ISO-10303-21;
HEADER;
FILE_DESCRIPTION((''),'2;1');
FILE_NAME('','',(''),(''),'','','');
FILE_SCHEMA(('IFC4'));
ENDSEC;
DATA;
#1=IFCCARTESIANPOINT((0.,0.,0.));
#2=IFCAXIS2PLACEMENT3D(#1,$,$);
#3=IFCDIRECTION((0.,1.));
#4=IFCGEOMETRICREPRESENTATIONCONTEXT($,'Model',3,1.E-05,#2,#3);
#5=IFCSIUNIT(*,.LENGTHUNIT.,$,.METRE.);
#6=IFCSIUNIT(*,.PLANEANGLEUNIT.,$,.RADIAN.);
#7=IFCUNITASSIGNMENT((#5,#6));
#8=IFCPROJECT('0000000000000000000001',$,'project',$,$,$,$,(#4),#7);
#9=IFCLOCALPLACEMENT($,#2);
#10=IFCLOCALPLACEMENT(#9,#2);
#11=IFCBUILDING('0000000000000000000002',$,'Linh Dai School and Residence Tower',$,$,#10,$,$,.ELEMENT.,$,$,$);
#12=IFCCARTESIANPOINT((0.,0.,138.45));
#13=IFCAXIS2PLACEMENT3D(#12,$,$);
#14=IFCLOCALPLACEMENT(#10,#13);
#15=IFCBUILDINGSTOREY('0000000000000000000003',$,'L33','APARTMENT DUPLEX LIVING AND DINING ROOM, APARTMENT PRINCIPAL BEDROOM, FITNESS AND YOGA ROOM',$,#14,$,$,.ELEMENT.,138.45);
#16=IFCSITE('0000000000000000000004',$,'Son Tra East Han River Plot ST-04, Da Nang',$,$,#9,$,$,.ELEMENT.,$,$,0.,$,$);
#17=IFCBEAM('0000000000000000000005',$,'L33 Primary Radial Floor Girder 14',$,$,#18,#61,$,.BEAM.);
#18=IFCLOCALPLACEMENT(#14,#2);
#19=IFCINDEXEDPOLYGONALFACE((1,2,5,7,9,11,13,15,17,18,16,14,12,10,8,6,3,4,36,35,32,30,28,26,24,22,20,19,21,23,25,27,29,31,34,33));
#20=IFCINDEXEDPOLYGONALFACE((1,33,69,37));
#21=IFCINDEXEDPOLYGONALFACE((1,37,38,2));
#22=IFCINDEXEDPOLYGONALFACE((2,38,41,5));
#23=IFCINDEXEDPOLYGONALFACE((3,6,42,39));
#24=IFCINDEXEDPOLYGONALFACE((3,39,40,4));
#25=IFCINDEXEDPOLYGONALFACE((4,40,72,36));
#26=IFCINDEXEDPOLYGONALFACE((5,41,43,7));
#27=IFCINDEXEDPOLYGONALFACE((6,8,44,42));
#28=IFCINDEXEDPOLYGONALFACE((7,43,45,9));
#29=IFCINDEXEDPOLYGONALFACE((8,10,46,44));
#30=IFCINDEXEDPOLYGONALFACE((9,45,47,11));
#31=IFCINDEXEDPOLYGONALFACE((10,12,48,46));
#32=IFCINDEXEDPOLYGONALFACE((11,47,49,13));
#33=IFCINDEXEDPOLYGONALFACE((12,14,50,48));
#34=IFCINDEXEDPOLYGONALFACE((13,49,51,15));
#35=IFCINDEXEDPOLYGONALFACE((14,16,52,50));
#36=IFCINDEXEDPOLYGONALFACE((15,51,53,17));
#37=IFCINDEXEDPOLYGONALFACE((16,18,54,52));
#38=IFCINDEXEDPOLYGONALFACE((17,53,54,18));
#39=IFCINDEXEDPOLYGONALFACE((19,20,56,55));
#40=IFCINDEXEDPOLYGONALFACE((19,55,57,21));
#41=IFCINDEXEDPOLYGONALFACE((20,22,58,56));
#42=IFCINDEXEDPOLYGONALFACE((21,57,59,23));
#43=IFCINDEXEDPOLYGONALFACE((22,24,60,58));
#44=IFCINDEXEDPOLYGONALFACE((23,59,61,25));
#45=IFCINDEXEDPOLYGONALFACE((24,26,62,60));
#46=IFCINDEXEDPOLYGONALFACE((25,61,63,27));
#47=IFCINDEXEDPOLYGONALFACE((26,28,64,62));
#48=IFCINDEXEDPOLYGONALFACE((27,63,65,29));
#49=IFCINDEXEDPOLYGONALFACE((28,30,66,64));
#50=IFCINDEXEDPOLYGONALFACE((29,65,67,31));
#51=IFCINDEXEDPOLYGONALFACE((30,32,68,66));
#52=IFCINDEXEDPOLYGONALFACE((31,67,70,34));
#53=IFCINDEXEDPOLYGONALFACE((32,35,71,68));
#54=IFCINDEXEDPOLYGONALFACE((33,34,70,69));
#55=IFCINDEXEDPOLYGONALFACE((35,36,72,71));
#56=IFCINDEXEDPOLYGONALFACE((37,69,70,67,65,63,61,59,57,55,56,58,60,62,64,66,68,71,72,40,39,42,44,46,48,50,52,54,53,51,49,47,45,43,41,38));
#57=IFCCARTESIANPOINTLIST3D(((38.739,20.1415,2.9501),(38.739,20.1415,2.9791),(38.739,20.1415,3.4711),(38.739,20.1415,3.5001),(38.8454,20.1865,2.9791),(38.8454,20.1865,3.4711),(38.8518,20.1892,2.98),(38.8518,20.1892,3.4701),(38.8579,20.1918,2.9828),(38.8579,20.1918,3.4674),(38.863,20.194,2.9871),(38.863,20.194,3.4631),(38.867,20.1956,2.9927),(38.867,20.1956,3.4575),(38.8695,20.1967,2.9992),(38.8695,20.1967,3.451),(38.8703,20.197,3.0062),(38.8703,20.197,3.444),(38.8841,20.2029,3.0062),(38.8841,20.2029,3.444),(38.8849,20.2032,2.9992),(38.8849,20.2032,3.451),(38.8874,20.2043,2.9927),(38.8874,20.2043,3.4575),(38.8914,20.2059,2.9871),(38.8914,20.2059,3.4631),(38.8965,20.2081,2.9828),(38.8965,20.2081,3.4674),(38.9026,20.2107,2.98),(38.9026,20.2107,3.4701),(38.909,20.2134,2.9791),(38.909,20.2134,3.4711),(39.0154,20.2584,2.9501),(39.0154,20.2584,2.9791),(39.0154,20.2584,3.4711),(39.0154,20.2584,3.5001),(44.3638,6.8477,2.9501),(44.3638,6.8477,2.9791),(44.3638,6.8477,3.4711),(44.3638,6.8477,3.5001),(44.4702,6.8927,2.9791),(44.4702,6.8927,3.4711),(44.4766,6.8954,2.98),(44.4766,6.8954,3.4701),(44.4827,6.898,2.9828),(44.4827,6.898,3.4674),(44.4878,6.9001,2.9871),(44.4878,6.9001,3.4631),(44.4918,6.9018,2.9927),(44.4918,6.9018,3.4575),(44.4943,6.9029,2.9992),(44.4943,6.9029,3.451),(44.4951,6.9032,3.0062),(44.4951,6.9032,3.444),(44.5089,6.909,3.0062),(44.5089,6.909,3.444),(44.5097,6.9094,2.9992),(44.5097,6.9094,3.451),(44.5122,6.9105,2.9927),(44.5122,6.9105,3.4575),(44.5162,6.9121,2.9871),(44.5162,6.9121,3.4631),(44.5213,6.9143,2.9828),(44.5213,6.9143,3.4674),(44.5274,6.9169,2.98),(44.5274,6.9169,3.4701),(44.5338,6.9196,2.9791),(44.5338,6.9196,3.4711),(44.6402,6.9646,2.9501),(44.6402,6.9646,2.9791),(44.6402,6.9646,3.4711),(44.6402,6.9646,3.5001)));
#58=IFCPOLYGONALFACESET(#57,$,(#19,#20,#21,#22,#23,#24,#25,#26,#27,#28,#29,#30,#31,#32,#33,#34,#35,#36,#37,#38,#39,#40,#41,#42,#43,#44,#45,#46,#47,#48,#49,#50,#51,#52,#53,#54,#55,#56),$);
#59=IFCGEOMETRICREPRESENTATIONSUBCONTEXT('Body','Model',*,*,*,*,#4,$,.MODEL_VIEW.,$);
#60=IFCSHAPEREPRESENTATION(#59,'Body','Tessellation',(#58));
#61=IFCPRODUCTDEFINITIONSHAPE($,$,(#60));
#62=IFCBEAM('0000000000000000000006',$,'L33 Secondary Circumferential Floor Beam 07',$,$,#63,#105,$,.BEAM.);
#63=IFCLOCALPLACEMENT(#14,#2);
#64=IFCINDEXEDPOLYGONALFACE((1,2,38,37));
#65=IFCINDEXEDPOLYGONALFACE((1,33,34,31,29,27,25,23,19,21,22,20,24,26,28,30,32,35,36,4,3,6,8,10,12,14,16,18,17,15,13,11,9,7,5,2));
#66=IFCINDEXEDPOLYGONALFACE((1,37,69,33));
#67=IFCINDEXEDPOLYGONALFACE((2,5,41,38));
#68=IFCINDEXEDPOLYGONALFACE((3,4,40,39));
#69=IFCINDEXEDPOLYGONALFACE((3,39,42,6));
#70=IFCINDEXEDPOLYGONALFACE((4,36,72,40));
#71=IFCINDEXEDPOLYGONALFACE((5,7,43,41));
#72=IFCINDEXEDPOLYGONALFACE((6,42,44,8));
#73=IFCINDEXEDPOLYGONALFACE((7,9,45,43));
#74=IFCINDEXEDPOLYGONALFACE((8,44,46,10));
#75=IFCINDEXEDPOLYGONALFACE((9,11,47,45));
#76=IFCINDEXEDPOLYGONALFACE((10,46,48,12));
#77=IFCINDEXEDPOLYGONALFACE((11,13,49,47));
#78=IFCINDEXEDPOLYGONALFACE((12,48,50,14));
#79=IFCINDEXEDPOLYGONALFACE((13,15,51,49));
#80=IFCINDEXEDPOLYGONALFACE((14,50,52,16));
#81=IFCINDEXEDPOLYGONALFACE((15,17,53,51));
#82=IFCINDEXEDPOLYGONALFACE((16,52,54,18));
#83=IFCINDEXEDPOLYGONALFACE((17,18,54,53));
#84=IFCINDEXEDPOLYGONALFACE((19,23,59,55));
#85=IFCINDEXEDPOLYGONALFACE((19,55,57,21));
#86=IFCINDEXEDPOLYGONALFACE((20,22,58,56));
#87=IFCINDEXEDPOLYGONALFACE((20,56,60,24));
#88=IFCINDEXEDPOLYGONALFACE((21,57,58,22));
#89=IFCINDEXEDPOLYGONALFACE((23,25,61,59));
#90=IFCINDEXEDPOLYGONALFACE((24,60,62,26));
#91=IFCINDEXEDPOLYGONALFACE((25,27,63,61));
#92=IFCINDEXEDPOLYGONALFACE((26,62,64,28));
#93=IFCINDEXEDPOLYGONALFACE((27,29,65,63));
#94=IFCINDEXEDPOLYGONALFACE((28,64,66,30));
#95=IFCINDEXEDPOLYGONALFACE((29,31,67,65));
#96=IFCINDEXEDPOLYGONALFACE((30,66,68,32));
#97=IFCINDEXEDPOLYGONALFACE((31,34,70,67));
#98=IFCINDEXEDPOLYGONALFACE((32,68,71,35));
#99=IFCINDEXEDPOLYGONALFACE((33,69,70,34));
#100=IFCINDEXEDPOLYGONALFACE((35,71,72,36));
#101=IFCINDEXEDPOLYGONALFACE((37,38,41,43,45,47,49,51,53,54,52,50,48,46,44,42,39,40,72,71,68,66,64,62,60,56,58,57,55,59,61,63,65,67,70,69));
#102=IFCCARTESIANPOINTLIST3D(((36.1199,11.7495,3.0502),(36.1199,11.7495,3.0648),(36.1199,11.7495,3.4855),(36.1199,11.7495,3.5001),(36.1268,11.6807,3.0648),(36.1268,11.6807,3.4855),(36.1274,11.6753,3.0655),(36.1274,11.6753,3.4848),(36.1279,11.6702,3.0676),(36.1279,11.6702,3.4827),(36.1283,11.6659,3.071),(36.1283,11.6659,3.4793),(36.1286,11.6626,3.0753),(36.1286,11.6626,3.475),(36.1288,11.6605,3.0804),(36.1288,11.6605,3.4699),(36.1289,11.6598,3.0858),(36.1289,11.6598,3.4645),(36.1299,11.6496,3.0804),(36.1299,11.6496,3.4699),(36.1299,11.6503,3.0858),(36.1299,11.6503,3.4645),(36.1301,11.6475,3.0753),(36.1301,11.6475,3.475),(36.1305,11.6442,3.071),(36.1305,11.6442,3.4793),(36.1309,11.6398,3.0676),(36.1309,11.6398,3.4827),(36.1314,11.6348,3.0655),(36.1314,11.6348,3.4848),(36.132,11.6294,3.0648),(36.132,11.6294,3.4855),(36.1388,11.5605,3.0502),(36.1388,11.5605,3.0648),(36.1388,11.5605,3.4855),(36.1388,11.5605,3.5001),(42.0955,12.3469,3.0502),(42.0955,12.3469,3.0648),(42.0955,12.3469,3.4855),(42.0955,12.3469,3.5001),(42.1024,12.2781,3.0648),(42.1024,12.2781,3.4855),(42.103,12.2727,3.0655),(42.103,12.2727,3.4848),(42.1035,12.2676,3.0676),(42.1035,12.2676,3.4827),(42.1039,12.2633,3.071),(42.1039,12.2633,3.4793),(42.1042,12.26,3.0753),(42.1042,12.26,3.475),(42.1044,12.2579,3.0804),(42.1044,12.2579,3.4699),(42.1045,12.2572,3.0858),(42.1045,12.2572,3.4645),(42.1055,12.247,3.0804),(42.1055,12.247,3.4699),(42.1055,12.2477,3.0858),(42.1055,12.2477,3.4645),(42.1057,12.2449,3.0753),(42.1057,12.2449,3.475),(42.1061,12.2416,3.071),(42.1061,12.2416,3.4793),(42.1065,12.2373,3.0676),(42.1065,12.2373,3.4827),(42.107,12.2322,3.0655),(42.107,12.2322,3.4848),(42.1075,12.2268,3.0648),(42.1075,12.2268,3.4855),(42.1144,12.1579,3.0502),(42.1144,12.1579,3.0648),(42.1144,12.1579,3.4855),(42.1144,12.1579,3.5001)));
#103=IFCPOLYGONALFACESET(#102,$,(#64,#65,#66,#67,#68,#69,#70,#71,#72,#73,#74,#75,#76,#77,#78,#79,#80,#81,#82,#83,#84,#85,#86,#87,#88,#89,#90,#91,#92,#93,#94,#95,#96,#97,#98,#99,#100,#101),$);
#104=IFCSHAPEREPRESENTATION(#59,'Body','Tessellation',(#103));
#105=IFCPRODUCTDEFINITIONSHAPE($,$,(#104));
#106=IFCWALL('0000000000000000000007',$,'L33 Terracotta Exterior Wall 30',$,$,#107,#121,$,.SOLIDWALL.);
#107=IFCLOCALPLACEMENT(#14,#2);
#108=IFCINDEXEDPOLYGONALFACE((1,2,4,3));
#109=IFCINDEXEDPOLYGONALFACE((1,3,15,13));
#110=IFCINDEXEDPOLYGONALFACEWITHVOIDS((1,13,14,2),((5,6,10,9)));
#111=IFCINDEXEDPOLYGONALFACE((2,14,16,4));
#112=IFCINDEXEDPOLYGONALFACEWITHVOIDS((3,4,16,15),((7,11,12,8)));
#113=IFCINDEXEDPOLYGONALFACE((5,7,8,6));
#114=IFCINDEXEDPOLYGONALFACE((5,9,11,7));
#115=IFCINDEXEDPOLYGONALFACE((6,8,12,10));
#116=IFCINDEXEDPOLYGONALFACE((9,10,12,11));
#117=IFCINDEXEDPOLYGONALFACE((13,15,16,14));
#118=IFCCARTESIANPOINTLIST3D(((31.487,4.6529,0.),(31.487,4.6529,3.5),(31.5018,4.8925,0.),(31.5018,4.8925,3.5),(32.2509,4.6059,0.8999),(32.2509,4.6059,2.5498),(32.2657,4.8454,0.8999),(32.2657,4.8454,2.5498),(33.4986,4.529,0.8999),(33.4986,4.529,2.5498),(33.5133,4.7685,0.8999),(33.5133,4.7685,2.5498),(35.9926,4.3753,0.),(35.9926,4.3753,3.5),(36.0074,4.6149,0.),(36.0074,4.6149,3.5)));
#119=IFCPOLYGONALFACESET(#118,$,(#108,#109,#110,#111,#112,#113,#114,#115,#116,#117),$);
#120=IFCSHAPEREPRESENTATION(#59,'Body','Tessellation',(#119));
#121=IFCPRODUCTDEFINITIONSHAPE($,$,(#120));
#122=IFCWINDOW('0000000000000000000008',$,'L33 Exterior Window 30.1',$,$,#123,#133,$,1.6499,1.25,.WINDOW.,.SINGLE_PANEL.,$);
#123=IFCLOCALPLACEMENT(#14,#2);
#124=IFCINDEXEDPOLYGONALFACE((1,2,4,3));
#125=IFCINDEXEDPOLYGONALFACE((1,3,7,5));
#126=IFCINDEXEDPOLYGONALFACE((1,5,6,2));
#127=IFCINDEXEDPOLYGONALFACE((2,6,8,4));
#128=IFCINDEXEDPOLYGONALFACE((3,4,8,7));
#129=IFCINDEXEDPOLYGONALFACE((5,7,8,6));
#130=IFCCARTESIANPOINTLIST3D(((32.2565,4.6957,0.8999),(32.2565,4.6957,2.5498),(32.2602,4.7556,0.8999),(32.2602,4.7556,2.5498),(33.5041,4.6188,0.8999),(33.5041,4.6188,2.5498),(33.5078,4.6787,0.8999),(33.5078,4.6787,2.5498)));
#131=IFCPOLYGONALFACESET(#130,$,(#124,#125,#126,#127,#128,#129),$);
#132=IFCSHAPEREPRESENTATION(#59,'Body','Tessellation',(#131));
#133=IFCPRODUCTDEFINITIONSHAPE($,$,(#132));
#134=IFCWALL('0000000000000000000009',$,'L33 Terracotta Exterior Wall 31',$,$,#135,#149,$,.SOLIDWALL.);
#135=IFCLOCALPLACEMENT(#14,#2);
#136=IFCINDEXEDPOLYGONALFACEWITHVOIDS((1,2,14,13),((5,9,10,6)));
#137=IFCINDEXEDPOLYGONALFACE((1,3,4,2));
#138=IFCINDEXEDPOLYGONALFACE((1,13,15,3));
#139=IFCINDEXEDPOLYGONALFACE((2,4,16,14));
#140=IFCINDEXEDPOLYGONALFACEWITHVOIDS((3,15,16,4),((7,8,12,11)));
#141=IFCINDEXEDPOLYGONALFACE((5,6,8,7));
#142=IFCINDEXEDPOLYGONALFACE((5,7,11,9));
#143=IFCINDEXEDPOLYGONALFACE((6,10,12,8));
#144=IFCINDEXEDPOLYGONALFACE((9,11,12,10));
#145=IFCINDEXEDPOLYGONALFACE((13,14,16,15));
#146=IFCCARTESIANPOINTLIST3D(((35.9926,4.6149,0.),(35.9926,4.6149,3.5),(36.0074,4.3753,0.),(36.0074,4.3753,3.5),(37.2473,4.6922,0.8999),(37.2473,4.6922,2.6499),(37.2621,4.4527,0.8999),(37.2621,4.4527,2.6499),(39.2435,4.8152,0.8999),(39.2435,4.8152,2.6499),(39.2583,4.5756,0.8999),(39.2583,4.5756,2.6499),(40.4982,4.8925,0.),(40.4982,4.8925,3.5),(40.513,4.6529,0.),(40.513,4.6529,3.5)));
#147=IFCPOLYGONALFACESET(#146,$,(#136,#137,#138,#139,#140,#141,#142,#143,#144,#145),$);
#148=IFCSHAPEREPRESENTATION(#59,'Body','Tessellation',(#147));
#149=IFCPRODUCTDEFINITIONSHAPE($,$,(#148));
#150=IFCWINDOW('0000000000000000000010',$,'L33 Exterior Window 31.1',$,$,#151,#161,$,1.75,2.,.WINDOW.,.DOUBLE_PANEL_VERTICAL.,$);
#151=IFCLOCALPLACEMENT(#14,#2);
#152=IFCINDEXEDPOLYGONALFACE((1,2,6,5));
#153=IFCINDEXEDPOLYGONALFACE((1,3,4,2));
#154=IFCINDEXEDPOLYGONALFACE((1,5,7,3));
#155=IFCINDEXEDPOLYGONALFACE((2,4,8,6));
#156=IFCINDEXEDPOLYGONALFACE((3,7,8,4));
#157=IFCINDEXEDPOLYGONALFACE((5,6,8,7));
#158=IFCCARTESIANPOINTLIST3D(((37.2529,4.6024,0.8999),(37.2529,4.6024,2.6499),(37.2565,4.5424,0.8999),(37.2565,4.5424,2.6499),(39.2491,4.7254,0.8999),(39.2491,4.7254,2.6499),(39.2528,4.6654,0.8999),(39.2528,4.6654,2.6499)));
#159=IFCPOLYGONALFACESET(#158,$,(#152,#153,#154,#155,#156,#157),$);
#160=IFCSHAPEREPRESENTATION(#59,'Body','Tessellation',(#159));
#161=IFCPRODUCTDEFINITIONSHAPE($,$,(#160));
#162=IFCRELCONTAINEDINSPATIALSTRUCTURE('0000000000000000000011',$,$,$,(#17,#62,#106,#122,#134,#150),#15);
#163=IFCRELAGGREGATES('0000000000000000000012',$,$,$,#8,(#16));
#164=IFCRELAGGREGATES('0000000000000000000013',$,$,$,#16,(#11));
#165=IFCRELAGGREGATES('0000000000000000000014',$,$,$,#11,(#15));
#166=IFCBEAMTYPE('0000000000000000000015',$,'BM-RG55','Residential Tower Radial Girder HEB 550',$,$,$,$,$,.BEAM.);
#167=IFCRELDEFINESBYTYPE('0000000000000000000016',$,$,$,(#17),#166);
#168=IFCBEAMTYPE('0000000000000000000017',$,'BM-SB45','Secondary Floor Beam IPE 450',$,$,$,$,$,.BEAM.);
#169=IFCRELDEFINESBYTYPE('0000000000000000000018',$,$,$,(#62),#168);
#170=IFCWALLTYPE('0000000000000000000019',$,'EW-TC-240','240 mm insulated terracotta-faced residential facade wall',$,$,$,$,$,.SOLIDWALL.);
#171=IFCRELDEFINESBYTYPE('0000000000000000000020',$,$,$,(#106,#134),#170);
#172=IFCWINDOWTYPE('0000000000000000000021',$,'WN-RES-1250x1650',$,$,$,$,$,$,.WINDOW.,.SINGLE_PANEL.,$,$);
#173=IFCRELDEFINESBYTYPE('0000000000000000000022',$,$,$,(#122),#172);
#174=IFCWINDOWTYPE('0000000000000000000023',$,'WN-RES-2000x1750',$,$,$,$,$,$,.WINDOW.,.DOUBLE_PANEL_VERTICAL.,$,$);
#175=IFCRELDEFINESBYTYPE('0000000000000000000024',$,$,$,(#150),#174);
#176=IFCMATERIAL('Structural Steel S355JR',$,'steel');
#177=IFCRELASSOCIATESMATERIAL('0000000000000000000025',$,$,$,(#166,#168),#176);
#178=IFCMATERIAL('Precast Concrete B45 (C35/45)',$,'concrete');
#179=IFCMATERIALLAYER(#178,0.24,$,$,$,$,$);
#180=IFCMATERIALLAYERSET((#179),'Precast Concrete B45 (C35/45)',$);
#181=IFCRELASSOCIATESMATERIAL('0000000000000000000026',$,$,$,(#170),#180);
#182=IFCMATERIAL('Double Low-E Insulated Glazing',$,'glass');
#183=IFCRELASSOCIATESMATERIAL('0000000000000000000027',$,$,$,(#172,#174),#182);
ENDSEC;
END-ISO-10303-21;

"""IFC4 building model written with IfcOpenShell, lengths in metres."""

from ifc_helpers import new_model, si_unit, direction, frame, frame_2d, origin, origin_2d, place, context, subcontext, project, spatial, rectangle, i_section, extrude, source, transform, mapped, material, layer, layer_set, material_profile, profile_set, type_object, element, fill, save


model = new_model("IFC4")

# Units and contexts
model_context = context("Model", 3, precision=1e-05, world=origin(), true_north=direction((0.0, 1.0)))
body_context = subcontext(model_context, "Body", "Model", "MODEL_VIEW")
ifc_project = project(units=[si_unit("LENGTHUNIT", "METRE"), si_unit("PLANEANGLEUNIT", "RADIAN")], contexts=[model_context])

# Site, building, storey
site_placement = place(None, origin())
site = spatial("IfcSite", under=ifc_project, at=site_placement, Name="Son Tra East Han River Plot ST-04, Da Nang", CompositionType="ELEMENT", RefElevation=0.0)
building_placement = place(site_placement, origin())
building = spatial("IfcBuilding", under=site, at=building_placement, Name="Linh Dai School and Residence Tower", CompositionType="ELEMENT")
storey_placement = place(building_placement, frame((0.0, 0.0, 138.45)))
storey = spatial("IfcBuildingStorey", under=building, at=storey_placement, Name="L33", Description="APARTMENT DUPLEX LIVING AND DINING ROOM, APARTMENT PRINCIPAL BEDROOM, FITNESS AND YOGA ROOM", CompositionType="ELEMENT", Elevation=138.45)

# Shared definitions
ifc_material_1 = material(Name="Structural Steel S355JR", Category="steel")

# Beams
ifc_material_profile_1 = material_profile(ifc_material_1, i_section(OverallWidth=0.3, OverallDepth=0.55, WebThickness=0.0149, FlangeThickness=0.0291, FilletRadius=0.0271, at=origin_2d()), Name="HEB 550")
ifc_profile_set_1 = profile_set([ifc_material_profile_1], Name="Structural Steel S355JR")
beam_type_1 = type_object("IfcBeamType", Name="BM-RG55", Description="Residential Tower Radial Girder HEB 550", PredefinedType="BEAM", material=ifc_profile_set_1)
beam_1_placement = place(storey_placement, frame((38.8772, 20.2, 3.2251), z_axis=(0.389669, -0.920955, 0.0), x_axis=(0.920955, 0.389669, 0.0)))
element("IfcBeam", 1, at=beam_1_placement, inside=storey, type_object=beam_type_1, Name="L33 Primary Radial Floor Girder 14", PredefinedType="BEAM", context=body_context, shape_type="SweptSolid", body=[
    extrude(i_section(OverallWidth=0.3, OverallDepth=0.55, WebThickness=0.0149, FlangeThickness=0.0291, FilletRadius=0.0271, at=origin_2d()), origin(), (0.0, 0.0, 1.0), 14.4348),
])
ifc_material_profile_2 = material_profile(ifc_material_1, i_section(OverallWidth=0.1899, OverallDepth=0.45, WebThickness=0.0095, FlangeThickness=0.0146, FilletRadius=0.021, at=origin_2d()), Name="IPE 450")
ifc_profile_set_2 = profile_set([ifc_material_profile_2], Name="Structural Steel S355JR")
beam_type_2 = type_object("IfcBeamType", Name="BM-SB45", Description="Secondary Floor Beam IPE 450", PredefinedType="BEAM", material=ifc_profile_set_2)
beam_2_placement = place(storey_placement, frame((36.1294, 11.655, 3.2751), z_axis=(0.99504, 0.09948, 0.0), x_axis=(-0.09948, 0.99504, 0.0)))
element("IfcBeam", 2, at=beam_2_placement, inside=storey, type_object=beam_type_2, Name="L33 Secondary Circumferential Floor Beam 07", PredefinedType="BEAM", context=body_context, shape_type="SweptSolid", body=[
    extrude(i_section(OverallWidth=0.1899, OverallDepth=0.45, WebThickness=0.0095, FlangeThickness=0.0146, FilletRadius=0.021, at=origin_2d()), origin(), (0.0, 0.0, 1.0), 6.0054),
])

# Walls, openings, windows
ifc_material_2 = material(Name="Precast Concrete B45 (C35/45)", Category="concrete")
ifc_layer_1 = layer(ifc_material_2, 0.24)
ifc_layer_set_1 = layer_set([ifc_layer_1], Name="Precast Concrete B45 (C35/45)")
wall_type_1 = type_object("IfcWallType", Name="EW-TC-240", Description="240 mm insulated terracotta-faced residential facade wall", PredefinedType="SOLIDWALL", material=ifc_layer_set_1)
wall_1_placement = place(storey_placement, frame((36.0, 4.4951, 0.0), z_axis=(0.0, 0.0, 1.0), x_axis=(-0.998108, 0.061493, 0.0)))
wall_1 = element("IfcWall", 3, at=wall_1_placement, inside=storey, type_object=wall_type_1, Name="L33 Terracotta Exterior Wall 30", PredefinedType="SOLIDWALL", context=body_context, shape_type="SweptSolid", body=[
    extrude(rectangle(XDim=4.5142, YDim=0.24, at=frame_2d((2.2571, 0.0))), origin(), (0.0, 0.0, 1.0), 3.5),
])
opening_1_placement = place(wall_1_placement, frame((2.4988, 0.0, 0.8999)))
opening_1 = element("IfcOpeningElement", 4, at=opening_1_placement, cuts=wall_1, PredefinedType="OPENING", context=body_context, shape_type="SweptSolid", body=[
    extrude(rectangle(XDim=1.25, YDim=1.6499, at=origin_2d()), frame((0.625, 0.1299, 0.825), z_axis=(0.0, -1.0, 0.0), x_axis=(1.0, 0.0, 0.0)), (0.0, 0.0, 1.0), 0.26),
])
ifc_material_3 = material(Name="Double Low-E Insulated Glazing", Category="glass")
window_type_1 = type_object("IfcWindowType", Name="WN-RES-1250x1650", PartitioningType="SINGLE_PANEL", PredefinedType="WINDOW", material=ifc_material_3)
shared_shape_1 = source(origin(), body_context, "Body", "SweptSolid", [
    extrude(rectangle(XDim=1.25, YDim=1.6499, at=origin_2d()), frame((0.625, 0.03, 0.825), z_axis=(0.0, -1.0, 0.0), x_axis=(1.0, 0.0, 0.0)), (0.0, 0.0, 1.0), 0.0601),
])
window_1_placement = place(opening_1_placement, origin())
window_1 = element("IfcWindow", 5, at=window_1_placement, inside=storey, type_object=window_type_1, Name="L33 Exterior Window 30.1", OverallHeight=1.6499, OverallWidth=1.25, PartitioningType="SINGLE_PANEL", PredefinedType="WINDOW", context=body_context, shape_type="MappedRepresentation", body=[
    mapped(shared_shape_1, transform((0.0, 0.0, 0.0), x_axis=(1.0, 0.0, 0.0), y_axis=(0.0, 1.0, 0.0), z_axis=(0.0, 0.0, 1.0), scale=1.0)),
])
fill(opening_1, window_1)
wall_2_placement = place(storey_placement, frame((40.5056, 4.7727, 0.0), z_axis=(0.0, 0.0, 1.0), x_axis=(-0.998108, -0.061493, 0.0)))
wall_2 = element("IfcWall", 6, at=wall_2_placement, inside=storey, type_object=wall_type_1, Name="L33 Terracotta Exterior Wall 31", PredefinedType="SOLIDWALL", context=body_context, shape_type="SweptSolid", body=[
    extrude(rectangle(XDim=4.5142, YDim=0.24, at=frame_2d((2.2571, 0.0))), origin(), (0.0, 0.0, 1.0), 3.5),
])
opening_2_placement = place(wall_2_placement, frame((1.2571, 0.0, 0.8999)))
opening_2 = element("IfcOpeningElement", 7, at=opening_2_placement, cuts=wall_2, PredefinedType="OPENING", context=body_context, shape_type="SweptSolid", body=[
    extrude(rectangle(XDim=2.0, YDim=1.75, at=origin_2d()), frame((1.0, 0.1299, 0.875), z_axis=(0.0, -1.0, 0.0), x_axis=(1.0, 0.0, 0.0)), (0.0, 0.0, 1.0), 0.26),
])
window_type_2 = type_object("IfcWindowType", Name="WN-RES-2000x1750", PartitioningType="DOUBLE_PANEL_VERTICAL", PredefinedType="WINDOW", material=ifc_material_3)
shared_shape_2 = source(origin(), body_context, "Body", "SweptSolid", [
    extrude(rectangle(XDim=2.0, YDim=1.75, at=origin_2d()), frame((1.0, 0.03, 0.875), z_axis=(0.0, -1.0, 0.0), x_axis=(1.0, 0.0, 0.0)), (0.0, 0.0, 1.0), 0.0601),
])
window_2_placement = place(opening_2_placement, origin())
window_2 = element("IfcWindow", 8, at=window_2_placement, inside=storey, type_object=window_type_2, Name="L33 Exterior Window 31.1", OverallHeight=1.75, OverallWidth=2.0, PartitioningType="DOUBLE_PANEL_VERTICAL", PredefinedType="WINDOW", context=body_context, shape_type="MappedRepresentation", body=[
    mapped(shared_shape_2, transform((0.0, 0.0, 0.0), x_axis=(1.0, 0.0, 0.0), y_axis=(0.0, 1.0, 0.0), z_axis=(0.0, 0.0, 1.0), scale=1.0)),
])
fill(opening_2, window_2)

save(model, "model.ifc")
